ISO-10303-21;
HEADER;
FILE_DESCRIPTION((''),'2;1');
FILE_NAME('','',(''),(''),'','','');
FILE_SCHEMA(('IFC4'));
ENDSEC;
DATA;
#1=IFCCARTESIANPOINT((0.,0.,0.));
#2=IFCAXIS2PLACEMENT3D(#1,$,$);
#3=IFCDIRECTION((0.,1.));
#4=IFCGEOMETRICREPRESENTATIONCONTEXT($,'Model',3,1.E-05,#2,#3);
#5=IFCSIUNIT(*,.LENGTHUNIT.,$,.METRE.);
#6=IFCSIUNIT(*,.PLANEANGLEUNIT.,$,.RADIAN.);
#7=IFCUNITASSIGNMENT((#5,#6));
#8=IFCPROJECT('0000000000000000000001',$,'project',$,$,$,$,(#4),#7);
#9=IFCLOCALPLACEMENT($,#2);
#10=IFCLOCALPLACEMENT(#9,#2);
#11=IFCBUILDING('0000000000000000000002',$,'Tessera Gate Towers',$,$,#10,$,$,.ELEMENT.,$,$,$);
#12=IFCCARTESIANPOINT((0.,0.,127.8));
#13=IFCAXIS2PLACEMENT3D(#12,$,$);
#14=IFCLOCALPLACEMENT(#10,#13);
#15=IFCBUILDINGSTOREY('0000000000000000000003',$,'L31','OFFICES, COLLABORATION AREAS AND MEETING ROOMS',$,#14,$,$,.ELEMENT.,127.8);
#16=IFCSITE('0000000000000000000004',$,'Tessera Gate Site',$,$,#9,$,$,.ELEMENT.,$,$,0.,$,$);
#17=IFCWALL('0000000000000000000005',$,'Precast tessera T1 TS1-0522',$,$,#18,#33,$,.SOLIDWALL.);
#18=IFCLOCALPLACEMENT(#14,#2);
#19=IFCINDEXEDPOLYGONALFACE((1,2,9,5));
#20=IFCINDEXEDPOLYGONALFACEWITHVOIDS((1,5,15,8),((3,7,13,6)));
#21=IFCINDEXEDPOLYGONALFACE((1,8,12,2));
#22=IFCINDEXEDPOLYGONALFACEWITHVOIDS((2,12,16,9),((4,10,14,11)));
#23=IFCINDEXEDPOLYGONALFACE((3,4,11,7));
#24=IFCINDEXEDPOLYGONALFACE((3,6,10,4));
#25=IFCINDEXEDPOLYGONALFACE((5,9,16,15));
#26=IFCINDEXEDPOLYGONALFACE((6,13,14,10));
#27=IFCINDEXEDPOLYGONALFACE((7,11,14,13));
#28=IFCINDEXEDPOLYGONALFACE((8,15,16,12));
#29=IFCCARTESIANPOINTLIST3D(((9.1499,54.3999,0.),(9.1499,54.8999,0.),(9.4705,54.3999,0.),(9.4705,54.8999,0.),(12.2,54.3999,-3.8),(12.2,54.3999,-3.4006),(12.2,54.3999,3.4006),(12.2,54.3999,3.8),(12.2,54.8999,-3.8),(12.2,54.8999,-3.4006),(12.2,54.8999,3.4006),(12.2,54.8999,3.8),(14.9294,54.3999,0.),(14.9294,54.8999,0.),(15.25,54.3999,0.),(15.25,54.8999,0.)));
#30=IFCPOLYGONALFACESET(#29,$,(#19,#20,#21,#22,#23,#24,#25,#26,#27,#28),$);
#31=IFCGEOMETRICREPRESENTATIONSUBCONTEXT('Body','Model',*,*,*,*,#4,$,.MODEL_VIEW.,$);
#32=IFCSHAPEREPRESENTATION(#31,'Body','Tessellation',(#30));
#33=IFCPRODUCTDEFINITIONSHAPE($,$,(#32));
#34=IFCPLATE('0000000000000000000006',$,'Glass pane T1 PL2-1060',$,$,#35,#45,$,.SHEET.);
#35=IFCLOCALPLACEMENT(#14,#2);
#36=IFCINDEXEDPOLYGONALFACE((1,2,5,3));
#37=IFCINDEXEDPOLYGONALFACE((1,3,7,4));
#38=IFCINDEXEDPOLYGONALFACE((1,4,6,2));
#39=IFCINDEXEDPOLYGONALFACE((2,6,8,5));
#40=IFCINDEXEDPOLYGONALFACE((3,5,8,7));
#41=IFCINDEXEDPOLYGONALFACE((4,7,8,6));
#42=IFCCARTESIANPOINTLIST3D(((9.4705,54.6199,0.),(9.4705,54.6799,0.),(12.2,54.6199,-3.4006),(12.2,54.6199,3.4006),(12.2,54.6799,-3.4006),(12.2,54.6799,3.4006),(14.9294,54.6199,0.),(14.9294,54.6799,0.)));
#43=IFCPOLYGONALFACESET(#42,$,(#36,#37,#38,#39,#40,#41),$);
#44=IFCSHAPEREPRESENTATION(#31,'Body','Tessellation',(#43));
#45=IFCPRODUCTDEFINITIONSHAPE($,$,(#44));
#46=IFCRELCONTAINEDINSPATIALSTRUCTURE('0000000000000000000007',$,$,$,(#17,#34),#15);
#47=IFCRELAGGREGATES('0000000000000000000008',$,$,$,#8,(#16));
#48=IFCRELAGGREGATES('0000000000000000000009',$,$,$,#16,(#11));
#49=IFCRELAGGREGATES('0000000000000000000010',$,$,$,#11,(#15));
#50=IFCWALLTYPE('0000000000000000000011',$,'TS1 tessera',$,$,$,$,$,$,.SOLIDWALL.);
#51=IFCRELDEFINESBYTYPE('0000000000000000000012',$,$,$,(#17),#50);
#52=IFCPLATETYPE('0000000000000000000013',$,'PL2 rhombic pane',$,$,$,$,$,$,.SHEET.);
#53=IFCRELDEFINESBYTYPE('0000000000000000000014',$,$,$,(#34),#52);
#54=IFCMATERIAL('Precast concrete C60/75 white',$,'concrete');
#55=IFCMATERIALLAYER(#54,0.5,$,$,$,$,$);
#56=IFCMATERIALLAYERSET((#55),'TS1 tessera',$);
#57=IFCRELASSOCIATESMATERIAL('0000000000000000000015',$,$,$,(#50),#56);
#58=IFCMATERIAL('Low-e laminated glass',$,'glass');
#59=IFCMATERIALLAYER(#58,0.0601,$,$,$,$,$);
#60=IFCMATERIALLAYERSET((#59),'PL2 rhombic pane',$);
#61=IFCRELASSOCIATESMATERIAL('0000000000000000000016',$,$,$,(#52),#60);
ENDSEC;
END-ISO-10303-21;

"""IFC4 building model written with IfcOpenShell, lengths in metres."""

from ifc_helpers import new_model, si_unit, direction, frame, origin, place, context, subcontext, project, spatial, polyline, outline, extrude, source, transform, mapped, material, layer, layer_set, type_object, element, fill, save


model = new_model("IFC4")

# Units and contexts
model_context = context("Model", 3, precision=1e-05, world=origin(), true_north=direction((0.0, 1.0)))
body_context = subcontext(model_context, "Body", "Model", "MODEL_VIEW")
ifc_project = project(units=[si_unit("LENGTHUNIT", "METRE"), si_unit("PLANEANGLEUNIT", "RADIAN")], contexts=[model_context])

# Site, building, storey
site_placement = place(None, origin())
site = spatial("IfcSite", under=ifc_project, at=site_placement, Name="Tessera Gate Site", CompositionType="ELEMENT", RefElevation=0.0)
building_placement = place(site_placement, origin())
building = spatial("IfcBuilding", under=site, at=building_placement, Name="Tessera Gate Towers", CompositionType="ELEMENT")
storey_placement = place(building_placement, frame((0.0, 0.0, 127.8)))
storey = spatial("IfcBuildingStorey", under=building, at=storey_placement, Name="L31", Description="OFFICES, COLLABORATION AREAS AND MEETING ROOMS", CompositionType="ELEMENT", Elevation=127.8)

# Wall, opening, plate
ifc_material_1 = material(Name="Precast concrete C60/75 white", Category="concrete")
ifc_layer_1 = layer(ifc_material_1, 0.5)
ifc_layer_set_1 = layer_set([ifc_layer_1], Name="TS1 tessera")
wall_type_1 = type_object("IfcWallType", Name="TS1 tessera", PredefinedType="SOLIDWALL", material=ifc_layer_set_1)
shared_shape_1 = source(origin(), body_context, "Body", "SweptSolid", [
    extrude(outline(polyline([(3.05, 0.0), (6.1001, 3.8), (3.05, 7.6001), (0.0, 3.8), (3.05, 0.0)])), frame((0.0, 0.25, 0.0), z_axis=(0.0, -1.0, 0.0), x_axis=(1.0, 0.0, 0.0)), (0.0, 0.0, 1.0), 0.5),
])
shared_shape_2 = source(origin(), body_context, "Body", "SweptSolid", [
    extrude(outline(polyline([(3.05, 0.3994), (5.7795, 3.8), (3.05, 7.2007), (0.3206, 3.8), (3.05, 0.3994)])), frame((0.0, 0.26, 0.0), z_axis=(0.0, -1.0, 0.0), x_axis=(1.0, 0.0, 0.0)), (0.0, 0.0, 1.0), 0.52),
])
ifc_material_2 = material(Name="Low-e laminated glass", Category="glass")
ifc_layer_2 = layer(ifc_material_2, 0.0601)
ifc_layer_set_2 = layer_set([ifc_layer_2], Name="PL2 rhombic pane")
plate_type = type_object("IfcPlateType", Name="PL2 rhombic pane", PredefinedType="SHEET", material=ifc_layer_set_2)
shared_shape_3 = source(origin(), body_context, "Body", "SweptSolid", [
    extrude(outline(polyline([(3.05, 0.3994), (5.7795, 3.8), (3.05, 7.2007), (0.3206, 3.8), (3.05, 0.3994)])), frame((0.0, 0.03, 0.0), z_axis=(0.0, -1.0, 0.0), x_axis=(1.0, 0.0, 0.0)), (0.0, 0.0, 1.0), 0.0601),
])
wall_1_placement = place(storey_placement, frame((15.25, 54.6499, -3.8), z_axis=(0.0, 0.0, 1.0), x_axis=(-1.0, 0.0, 0.0)))
wall_1 = element("IfcWall", 1, at=wall_1_placement, inside=storey, type_object=wall_type_1, Name="Precast tessera T1 TS1-0522", PredefinedType="SOLIDWALL", context=body_context, shape_type="MappedRepresentation", body=[
    mapped(shared_shape_1, transform((0.0, 0.0, 0.0), scale=1.0)),
])
opening_1_placement = place(wall_1_placement, origin())
opening_1 = element("IfcOpeningElement", 2, at=opening_1_placement, cuts=wall_1, PredefinedType="OPENING", context=body_context, shape_type="MappedRepresentation", body=[
    mapped(shared_shape_2, transform((0.0, 0.0, 0.0), scale=1.0)),
])
plate_1_placement = place(opening_1_placement, origin())
plate_1 = element("IfcPlate", 3, at=plate_1_placement, inside=storey, type_object=plate_type, Name="Glass pane T1 PL2-1060", PredefinedType="SHEET", context=body_context, shape_type="MappedRepresentation", body=[
    mapped(shared_shape_3, transform((0.0, 0.0, 0.0), scale=1.0)),
])
fill(opening_1, plate_1)

save(model, "model.ifc")
